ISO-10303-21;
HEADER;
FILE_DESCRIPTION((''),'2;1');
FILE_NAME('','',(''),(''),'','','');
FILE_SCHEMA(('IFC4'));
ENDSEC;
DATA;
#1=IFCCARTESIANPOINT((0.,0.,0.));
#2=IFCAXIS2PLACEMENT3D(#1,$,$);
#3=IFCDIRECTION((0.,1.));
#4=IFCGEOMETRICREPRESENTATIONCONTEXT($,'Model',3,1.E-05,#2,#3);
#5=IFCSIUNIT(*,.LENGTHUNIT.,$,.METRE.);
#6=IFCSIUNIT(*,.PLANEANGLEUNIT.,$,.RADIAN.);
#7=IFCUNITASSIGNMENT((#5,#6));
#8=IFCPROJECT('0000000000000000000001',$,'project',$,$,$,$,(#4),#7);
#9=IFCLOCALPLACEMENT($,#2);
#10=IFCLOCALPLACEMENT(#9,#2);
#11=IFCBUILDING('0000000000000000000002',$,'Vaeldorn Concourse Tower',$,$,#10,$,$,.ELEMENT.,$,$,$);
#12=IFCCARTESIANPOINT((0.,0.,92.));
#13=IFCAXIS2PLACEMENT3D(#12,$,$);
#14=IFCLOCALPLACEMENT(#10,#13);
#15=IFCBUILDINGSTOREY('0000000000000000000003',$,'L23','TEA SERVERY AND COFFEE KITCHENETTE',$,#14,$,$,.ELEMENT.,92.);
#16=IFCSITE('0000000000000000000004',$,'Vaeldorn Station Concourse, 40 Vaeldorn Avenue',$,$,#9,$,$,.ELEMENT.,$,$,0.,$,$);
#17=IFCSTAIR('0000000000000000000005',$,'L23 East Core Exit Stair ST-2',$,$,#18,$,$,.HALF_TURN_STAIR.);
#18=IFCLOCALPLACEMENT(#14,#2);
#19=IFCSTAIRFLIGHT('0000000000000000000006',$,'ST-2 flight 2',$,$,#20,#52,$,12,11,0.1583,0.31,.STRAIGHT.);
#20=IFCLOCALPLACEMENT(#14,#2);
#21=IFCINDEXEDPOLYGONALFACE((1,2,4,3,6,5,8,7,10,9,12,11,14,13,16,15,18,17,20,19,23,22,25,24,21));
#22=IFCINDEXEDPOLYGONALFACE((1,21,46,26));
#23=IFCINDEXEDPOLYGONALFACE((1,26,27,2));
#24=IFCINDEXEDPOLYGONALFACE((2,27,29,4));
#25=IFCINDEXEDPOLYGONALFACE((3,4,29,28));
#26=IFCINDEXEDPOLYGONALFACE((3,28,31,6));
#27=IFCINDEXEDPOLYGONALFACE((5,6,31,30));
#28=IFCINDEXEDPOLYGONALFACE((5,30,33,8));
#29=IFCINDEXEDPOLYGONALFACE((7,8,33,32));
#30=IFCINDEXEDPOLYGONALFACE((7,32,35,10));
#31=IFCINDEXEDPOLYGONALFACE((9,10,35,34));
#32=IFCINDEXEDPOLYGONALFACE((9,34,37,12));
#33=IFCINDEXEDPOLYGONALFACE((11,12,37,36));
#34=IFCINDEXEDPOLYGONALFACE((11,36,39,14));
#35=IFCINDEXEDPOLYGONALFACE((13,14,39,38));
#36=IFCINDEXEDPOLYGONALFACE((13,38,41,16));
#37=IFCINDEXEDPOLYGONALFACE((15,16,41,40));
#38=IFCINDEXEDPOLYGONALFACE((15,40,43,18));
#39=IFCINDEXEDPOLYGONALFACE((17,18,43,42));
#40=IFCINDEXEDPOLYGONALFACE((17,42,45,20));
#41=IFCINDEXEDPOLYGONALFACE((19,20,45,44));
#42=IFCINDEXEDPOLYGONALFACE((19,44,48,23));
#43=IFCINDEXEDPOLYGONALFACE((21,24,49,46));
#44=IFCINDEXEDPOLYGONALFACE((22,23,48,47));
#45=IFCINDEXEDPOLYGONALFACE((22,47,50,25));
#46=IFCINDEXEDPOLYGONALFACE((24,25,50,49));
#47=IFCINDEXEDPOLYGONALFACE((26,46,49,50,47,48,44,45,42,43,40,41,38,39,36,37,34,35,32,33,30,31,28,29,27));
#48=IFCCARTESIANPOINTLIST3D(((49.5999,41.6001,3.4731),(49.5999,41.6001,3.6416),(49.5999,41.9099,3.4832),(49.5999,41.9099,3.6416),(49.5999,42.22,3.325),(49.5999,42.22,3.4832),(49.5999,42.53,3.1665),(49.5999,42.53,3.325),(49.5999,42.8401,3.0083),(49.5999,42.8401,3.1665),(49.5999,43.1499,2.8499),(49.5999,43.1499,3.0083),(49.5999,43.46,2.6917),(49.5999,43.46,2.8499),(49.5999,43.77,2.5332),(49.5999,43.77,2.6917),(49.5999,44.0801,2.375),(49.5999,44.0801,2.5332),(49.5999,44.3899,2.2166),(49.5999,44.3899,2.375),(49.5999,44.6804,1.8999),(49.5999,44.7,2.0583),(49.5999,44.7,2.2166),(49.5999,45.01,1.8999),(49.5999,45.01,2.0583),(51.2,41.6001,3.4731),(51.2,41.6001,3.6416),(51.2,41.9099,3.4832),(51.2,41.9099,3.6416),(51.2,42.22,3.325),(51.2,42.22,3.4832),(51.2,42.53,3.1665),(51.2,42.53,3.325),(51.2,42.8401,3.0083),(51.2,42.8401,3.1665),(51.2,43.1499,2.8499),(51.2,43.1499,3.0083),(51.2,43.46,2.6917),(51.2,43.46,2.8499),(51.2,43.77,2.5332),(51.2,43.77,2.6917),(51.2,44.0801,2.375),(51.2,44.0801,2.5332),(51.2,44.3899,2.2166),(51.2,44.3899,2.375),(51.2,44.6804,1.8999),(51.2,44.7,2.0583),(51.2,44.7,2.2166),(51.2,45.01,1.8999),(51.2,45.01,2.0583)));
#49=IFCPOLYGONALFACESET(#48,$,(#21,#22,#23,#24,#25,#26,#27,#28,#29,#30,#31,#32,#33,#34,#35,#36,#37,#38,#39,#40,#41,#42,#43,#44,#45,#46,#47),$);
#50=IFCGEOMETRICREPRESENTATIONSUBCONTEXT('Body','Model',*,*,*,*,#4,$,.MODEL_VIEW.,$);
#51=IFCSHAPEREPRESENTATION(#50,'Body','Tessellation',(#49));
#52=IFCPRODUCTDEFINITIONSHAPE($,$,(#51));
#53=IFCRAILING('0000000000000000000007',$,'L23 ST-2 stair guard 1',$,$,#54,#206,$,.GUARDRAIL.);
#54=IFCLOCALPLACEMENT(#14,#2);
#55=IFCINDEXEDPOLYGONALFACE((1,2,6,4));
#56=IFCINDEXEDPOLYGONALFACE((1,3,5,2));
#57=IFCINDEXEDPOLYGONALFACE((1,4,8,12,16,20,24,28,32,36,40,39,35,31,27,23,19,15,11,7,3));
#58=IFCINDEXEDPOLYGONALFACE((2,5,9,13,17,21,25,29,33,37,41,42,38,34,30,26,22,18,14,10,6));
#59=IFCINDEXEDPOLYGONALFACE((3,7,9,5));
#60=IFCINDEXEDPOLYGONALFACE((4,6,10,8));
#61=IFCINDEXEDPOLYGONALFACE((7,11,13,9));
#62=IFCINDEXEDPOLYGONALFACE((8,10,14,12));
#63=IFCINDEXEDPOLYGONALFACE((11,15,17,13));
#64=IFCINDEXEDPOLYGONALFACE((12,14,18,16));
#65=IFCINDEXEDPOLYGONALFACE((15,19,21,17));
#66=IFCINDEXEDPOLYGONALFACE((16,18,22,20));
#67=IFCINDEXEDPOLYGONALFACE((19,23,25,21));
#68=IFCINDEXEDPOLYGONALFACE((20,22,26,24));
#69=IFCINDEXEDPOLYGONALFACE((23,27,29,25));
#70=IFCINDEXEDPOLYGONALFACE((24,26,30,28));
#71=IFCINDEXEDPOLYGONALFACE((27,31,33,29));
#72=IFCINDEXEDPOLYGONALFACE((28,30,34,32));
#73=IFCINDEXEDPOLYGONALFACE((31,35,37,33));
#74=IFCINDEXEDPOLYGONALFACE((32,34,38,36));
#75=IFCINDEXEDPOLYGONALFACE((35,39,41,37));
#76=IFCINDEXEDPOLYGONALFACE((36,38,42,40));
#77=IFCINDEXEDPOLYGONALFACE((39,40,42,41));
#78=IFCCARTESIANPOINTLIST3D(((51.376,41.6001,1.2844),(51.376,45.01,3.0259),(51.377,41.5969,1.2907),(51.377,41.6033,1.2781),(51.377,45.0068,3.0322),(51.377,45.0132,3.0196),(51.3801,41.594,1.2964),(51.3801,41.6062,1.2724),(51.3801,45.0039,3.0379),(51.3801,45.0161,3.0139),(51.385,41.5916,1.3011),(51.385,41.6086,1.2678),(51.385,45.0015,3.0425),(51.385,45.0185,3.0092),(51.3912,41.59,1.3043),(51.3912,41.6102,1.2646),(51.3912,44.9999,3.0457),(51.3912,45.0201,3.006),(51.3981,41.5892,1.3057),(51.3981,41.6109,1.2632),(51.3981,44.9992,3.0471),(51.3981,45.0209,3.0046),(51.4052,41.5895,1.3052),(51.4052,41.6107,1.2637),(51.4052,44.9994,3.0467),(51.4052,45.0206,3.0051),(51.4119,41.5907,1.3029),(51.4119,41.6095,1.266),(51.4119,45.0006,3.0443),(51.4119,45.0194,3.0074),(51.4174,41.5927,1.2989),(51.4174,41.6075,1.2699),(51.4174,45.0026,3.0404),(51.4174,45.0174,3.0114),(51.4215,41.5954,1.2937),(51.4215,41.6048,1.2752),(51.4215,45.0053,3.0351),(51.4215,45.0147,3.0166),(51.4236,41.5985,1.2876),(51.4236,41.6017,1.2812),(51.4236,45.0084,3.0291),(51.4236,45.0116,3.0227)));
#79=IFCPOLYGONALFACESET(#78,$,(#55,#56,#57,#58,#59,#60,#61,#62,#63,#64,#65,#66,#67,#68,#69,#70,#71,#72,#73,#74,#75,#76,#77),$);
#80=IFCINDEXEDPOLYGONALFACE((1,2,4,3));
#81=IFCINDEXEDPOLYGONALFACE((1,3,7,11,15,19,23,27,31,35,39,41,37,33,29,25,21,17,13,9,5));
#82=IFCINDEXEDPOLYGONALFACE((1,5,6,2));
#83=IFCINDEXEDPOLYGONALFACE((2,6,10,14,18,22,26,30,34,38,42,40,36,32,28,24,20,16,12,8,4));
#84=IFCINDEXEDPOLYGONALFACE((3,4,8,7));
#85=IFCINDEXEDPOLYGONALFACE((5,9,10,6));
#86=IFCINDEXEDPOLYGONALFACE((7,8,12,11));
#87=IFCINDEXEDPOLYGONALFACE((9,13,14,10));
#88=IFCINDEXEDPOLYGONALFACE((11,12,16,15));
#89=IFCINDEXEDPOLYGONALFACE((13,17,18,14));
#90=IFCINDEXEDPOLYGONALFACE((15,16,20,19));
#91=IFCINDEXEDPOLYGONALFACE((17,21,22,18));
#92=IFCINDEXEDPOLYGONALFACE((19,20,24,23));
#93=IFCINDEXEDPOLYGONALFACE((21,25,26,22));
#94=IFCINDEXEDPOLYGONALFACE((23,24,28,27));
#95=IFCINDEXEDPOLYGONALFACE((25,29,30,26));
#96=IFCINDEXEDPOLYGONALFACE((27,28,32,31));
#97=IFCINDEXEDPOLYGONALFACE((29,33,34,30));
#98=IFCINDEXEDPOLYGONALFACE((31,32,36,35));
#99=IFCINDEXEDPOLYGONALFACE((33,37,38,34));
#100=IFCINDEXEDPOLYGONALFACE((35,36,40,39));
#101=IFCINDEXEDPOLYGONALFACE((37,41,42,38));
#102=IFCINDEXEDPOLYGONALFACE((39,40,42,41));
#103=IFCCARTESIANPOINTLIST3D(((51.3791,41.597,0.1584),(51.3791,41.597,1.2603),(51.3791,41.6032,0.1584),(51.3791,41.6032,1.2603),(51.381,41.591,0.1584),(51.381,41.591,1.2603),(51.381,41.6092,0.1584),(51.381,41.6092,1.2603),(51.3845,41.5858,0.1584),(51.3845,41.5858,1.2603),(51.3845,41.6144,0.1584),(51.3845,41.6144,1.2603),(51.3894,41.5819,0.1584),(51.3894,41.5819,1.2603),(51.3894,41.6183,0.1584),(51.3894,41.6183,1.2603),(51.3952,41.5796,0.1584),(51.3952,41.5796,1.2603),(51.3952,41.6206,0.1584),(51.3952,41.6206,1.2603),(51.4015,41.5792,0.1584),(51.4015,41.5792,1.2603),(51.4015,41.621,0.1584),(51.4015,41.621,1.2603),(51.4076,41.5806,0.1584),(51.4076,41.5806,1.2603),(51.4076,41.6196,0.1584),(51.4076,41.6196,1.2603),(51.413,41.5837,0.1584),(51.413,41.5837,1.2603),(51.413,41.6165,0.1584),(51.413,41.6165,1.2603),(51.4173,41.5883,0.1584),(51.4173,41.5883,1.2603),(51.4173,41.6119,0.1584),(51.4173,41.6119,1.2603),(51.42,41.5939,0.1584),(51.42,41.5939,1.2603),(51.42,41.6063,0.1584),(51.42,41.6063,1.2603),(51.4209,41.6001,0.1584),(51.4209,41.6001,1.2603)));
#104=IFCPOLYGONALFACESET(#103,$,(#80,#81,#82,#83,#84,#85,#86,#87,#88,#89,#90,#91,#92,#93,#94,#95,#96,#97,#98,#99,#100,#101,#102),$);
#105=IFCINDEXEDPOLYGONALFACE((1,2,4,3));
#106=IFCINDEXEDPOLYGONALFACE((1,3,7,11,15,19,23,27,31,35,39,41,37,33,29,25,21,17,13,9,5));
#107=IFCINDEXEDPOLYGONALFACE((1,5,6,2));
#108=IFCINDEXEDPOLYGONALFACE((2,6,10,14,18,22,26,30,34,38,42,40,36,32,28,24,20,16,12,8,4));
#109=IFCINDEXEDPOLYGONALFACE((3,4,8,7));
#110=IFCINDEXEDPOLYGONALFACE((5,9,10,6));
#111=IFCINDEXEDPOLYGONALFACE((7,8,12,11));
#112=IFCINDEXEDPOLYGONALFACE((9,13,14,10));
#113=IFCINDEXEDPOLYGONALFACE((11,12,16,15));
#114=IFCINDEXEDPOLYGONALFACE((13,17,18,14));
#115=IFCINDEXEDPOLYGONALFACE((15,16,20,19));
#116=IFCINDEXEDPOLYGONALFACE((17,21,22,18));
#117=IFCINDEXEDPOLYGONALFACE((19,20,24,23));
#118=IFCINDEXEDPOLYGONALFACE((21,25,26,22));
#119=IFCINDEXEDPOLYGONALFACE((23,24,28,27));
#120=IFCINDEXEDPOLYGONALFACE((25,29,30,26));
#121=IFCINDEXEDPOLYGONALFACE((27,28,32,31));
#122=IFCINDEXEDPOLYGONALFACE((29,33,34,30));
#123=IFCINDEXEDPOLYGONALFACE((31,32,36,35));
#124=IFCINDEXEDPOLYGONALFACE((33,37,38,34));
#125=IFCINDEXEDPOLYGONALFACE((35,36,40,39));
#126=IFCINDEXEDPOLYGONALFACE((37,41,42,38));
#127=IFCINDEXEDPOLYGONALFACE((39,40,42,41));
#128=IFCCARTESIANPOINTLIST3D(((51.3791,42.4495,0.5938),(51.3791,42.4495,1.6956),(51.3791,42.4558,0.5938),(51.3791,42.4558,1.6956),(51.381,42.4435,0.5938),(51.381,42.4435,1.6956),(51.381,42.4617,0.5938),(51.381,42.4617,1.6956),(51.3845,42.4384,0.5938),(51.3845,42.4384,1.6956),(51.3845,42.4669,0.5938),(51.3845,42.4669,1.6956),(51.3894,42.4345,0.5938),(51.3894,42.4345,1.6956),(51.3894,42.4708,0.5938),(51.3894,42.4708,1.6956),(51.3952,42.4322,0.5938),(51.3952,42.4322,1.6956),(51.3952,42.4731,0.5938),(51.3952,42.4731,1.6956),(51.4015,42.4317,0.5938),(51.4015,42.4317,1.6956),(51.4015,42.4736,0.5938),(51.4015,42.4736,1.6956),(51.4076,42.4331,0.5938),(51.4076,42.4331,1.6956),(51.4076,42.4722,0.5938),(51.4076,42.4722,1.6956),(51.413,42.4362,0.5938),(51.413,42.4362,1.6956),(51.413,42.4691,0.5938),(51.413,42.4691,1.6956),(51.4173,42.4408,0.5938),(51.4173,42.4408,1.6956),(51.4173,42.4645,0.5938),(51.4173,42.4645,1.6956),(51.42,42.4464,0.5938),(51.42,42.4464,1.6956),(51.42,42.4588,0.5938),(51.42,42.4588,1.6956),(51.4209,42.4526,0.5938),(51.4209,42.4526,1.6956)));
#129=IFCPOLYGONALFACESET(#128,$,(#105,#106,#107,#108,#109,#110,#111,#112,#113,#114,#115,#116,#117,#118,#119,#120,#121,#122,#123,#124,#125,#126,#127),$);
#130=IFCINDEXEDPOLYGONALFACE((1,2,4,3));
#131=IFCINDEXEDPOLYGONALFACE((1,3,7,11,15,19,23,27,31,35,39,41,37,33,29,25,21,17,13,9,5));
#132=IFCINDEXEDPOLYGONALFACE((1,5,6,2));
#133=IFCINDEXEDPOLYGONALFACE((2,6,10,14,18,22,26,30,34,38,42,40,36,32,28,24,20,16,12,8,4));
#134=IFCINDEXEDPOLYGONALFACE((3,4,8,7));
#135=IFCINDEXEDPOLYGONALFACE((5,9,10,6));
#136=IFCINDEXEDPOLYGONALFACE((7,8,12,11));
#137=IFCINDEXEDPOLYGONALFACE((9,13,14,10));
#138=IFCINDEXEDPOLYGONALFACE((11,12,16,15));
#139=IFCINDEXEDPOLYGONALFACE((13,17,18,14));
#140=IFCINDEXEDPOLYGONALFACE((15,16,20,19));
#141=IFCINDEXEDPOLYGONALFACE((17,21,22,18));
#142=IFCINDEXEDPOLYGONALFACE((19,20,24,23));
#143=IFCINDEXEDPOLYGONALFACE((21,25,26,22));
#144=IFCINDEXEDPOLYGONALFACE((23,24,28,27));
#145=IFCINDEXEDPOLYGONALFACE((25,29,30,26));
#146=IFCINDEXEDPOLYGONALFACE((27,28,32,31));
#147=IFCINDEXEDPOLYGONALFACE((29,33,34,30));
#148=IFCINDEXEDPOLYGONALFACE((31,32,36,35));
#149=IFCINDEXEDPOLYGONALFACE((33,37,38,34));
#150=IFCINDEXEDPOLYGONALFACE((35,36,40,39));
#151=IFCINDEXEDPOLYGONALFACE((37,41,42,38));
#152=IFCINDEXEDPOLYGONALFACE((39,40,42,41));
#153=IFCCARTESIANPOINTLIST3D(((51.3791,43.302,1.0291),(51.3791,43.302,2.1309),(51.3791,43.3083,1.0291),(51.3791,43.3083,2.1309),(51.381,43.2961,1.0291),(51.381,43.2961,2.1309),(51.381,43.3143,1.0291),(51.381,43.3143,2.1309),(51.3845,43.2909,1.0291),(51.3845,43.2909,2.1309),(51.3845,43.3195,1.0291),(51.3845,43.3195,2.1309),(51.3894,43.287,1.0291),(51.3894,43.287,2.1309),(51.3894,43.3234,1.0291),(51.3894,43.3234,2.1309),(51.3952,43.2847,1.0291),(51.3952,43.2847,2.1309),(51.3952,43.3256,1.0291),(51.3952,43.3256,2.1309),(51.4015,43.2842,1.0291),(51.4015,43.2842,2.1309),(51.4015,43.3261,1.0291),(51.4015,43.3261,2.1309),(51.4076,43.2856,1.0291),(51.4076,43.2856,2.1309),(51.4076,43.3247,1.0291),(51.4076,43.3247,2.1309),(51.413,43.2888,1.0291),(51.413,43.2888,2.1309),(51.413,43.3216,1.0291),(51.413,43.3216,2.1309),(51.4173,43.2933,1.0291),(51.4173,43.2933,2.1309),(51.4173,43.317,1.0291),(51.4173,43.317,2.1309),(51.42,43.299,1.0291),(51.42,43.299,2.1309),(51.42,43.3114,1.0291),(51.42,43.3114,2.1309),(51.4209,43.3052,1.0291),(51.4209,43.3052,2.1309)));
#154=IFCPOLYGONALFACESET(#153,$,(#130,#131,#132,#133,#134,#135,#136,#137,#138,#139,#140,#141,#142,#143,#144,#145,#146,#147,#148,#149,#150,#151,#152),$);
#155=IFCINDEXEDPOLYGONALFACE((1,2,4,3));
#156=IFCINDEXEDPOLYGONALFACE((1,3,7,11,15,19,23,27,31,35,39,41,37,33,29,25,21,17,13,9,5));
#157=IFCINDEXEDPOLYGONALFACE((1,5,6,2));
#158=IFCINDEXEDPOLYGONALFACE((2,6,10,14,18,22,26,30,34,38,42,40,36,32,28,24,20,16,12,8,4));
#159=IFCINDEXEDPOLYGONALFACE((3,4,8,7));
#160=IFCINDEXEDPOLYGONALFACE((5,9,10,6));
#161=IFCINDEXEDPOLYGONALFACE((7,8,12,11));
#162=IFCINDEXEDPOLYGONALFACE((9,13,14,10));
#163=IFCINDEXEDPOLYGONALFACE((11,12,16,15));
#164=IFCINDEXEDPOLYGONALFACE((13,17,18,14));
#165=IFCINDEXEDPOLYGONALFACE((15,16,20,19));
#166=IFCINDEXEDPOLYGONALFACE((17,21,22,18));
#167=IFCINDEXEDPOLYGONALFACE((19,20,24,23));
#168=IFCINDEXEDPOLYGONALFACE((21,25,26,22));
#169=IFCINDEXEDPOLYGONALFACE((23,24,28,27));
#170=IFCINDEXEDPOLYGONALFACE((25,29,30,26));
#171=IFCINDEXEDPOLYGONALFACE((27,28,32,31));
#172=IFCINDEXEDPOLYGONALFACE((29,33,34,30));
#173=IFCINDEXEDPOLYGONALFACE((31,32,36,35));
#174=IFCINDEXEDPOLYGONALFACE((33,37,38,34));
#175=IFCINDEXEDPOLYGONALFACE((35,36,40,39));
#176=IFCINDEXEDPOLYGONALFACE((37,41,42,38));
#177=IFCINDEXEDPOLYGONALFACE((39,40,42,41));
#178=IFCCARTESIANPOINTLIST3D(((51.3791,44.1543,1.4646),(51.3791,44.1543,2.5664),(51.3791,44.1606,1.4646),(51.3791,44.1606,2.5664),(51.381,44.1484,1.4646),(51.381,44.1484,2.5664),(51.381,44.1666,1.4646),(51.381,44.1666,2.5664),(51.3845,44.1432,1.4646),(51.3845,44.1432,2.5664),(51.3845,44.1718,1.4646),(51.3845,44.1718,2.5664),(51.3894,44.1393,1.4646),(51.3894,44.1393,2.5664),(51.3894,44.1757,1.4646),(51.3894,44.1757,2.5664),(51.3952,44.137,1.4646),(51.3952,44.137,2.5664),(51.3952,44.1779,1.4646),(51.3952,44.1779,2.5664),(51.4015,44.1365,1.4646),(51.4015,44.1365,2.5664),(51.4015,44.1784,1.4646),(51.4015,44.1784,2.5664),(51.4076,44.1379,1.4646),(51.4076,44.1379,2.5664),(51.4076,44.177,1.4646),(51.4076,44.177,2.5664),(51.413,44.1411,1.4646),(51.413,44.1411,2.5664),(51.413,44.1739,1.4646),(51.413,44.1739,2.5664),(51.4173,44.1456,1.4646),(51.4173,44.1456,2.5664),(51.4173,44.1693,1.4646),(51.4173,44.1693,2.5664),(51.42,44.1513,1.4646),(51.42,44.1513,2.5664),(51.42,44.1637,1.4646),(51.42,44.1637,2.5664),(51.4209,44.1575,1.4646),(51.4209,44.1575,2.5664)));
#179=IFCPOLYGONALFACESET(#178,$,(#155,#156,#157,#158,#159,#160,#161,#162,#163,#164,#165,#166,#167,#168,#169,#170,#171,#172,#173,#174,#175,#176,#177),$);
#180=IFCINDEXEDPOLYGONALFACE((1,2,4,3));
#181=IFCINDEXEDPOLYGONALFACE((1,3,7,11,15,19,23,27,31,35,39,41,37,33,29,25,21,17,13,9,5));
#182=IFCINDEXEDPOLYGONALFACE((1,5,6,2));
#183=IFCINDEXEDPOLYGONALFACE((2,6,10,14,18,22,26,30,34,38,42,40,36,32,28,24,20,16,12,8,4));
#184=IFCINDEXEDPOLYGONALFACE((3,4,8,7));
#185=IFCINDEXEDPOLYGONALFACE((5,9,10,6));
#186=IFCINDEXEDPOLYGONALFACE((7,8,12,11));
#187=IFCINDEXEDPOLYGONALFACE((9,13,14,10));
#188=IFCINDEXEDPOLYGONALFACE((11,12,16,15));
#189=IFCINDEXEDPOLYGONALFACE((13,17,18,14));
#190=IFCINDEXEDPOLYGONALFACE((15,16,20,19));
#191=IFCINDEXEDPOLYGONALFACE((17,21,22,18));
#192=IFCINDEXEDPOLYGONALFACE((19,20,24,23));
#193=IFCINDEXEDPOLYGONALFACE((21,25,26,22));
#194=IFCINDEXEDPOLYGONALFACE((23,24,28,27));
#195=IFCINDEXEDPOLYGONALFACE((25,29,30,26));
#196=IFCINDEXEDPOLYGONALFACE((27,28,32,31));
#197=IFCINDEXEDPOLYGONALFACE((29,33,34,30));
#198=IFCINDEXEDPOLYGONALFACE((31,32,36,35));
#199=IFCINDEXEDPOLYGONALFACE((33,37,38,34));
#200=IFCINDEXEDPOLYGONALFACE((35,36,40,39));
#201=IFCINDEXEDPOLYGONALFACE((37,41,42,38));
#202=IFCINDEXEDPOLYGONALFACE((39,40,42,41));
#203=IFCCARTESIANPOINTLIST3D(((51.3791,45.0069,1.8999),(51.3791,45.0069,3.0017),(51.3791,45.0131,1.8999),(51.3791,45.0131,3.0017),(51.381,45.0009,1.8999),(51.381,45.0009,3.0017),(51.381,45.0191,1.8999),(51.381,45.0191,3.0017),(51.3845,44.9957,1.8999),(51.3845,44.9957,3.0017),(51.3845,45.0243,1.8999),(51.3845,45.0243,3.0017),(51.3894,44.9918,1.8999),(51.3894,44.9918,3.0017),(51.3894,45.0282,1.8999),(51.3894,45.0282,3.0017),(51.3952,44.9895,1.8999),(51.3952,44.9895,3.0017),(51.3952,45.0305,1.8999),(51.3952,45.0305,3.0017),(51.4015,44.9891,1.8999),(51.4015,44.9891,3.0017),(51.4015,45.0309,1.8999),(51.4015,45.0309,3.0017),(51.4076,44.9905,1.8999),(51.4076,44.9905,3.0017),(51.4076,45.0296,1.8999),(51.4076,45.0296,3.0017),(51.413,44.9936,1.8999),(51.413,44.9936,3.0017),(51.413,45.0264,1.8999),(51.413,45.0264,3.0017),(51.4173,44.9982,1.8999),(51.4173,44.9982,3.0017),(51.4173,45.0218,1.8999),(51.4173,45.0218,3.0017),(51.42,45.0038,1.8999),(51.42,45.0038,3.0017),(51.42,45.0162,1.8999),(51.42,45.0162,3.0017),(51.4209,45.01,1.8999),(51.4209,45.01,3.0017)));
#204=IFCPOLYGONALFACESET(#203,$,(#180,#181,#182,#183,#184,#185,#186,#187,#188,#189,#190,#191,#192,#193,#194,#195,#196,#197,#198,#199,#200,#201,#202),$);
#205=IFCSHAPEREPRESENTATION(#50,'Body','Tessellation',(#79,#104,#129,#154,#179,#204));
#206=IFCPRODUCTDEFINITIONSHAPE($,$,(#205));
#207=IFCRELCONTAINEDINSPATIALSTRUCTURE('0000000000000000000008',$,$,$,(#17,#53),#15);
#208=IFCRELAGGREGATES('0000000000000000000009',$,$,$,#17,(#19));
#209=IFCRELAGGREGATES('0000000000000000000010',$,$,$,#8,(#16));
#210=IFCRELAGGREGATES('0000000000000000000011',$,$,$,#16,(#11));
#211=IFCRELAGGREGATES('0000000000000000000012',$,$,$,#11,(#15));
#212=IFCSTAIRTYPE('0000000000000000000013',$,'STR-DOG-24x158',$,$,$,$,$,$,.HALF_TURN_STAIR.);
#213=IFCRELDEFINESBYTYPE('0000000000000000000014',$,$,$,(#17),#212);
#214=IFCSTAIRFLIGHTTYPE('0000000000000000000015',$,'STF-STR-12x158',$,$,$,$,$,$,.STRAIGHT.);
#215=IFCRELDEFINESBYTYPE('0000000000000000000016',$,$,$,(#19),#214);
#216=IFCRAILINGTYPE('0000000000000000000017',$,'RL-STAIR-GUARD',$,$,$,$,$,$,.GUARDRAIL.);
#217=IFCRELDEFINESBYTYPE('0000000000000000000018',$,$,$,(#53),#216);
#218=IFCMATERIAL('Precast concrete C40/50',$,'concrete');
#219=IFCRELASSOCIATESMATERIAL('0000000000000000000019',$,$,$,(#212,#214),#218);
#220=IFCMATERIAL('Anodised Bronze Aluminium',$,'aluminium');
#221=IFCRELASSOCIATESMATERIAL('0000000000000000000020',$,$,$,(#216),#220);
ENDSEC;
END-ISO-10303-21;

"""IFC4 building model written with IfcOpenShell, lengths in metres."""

from ifc_helpers import new_model, si_unit, direction, frame, origin, origin_2d, place, context, subcontext, project, spatial, polyline, circle, outline, extrude, material, type_object, element, aggregate, save


model = new_model("IFC4")

# Units and contexts
model_context = context("Model", 3, precision=1e-05, world=origin(), true_north=direction((0.0, 1.0)))
body_context = subcontext(model_context, "Body", "Model", "MODEL_VIEW")
ifc_project = project(units=[si_unit("LENGTHUNIT", "METRE"), si_unit("PLANEANGLEUNIT", "RADIAN")], contexts=[model_context])

# Site, building, storey
site_placement = place(None, origin())
site = spatial("IfcSite", under=ifc_project, at=site_placement, Name="Vaeldorn Station Concourse, 40 Vaeldorn Avenue", CompositionType="ELEMENT", RefElevation=0.0)
building_placement = place(site_placement, origin())
building = spatial("IfcBuilding", under=site, at=building_placement, Name="Vaeldorn Concourse Tower", CompositionType="ELEMENT")
storey_placement = place(building_placement, frame((0.0, 0.0, 92.0)))
storey = spatial("IfcBuildingStorey", under=building, at=storey_placement, Name="L23", Description="TEA SERVERY AND COFFEE KITCHENETTE", CompositionType="ELEMENT", Elevation=92.0)

# Shared definitions
ifc_material_1 = material(Name="Anodised Bronze Aluminium", Category="aluminium")

# Stair, stair flight
ifc_material_2 = material(Name="Precast concrete C40/50", Category="concrete")
stair_type = type_object("IfcStairType", Name="STR-DOG-24x158", PredefinedType="HALF_TURN_STAIR", material=ifc_material_2)
stair_placement = place(storey_placement, origin())
stair = element("IfcStair", 1, at=stair_placement, inside=storey, type_object=stair_type, Name="L23 East Core Exit Stair ST-2", PredefinedType="HALF_TURN_STAIR")
stair_flight_type = type_object("IfcStairFlightType", Name="STF-STR-12x158", PredefinedType="STRAIGHT", material=ifc_material_2)
stair_flight_1_placement = place(storey_placement, frame((50.3999, 45.01, 1.8999), z_axis=(0.0, 0.0, 1.0), x_axis=(0.0, -1.0, 0.0)))
stair_flight_1 = element("IfcStairFlight", 2, at=stair_flight_1_placement, type_object=stair_flight_type, Name="ST-2 flight 2", NumberOfRisers=12, NumberOfTreads=11, PredefinedType="STRAIGHT", RiserHeight=0.1583, TreadLength=0.31, context=body_context, shape_type="SweptSolid", body=[
    extrude(outline(polyline([(0.0, 0.0), (0.0, 0.1584), (0.3101, 0.1584), (0.3101, 0.3167), (0.6201, 0.3167), (0.6201, 0.4751), (0.9299, 0.4751), (0.9299, 0.6333), (1.24, 0.6333), (1.24, 0.7917), (1.55, 0.7917), (1.55, 0.95), (1.8601, 0.95), (1.8601, 1.1084), (2.1699, 1.1084), (2.1699, 1.2666), (2.48, 1.2666), (2.48, 1.425), (2.79, 1.425), (2.79, 1.5833), (3.1001, 1.5833), (3.1001, 1.7417), (3.4099, 1.7417), (3.4099, 1.8999), (3.4099, 1.5732), (0.3296, 0.0), (0.0, 0.0)])), frame((0.0, 0.8, 0.0), z_axis=(0.0, -1.0, 0.0), x_axis=(1.0, 0.0, 0.0)), (0.0, 0.0, 1.0), 1.6001),
])
aggregate(stair, [stair_flight_1])

# Railing
railing_type_1 = type_object("IfcRailingType", Name="RL-STAIR-GUARD", PredefinedType="GUARDRAIL", material=ifc_material_1)
railing_1_placement = place(storey_placement, frame((51.3999, 41.6001, 0.1584)))
element("IfcRailing", 3, at=railing_1_placement, inside=storey, type_object=railing_type_1, Name="L23 ST-2 stair guard 1", PredefinedType="GUARDRAIL", context=body_context, shape_type="SweptSolid", body=[
    extrude(circle(Radius=0.0239, at=origin_2d()), frame((0.0, 0.0, 1.126), z_axis=(0.0, 0.890582, 0.454823), x_axis=(-1.0, 0.0, 0.0)), (0.0, 0.0, 1.0), 3.8289),
    extrude(circle(Radius=0.021, at=origin_2d()), origin(), (0.0, 0.0, 1.0), 1.1018),
    extrude(circle(Radius=0.021, at=origin_2d()), frame((0.0, 0.8525, 0.4353)), (0.0, 0.0, 1.0), 1.1018),
    extrude(circle(Radius=0.021, at=origin_2d()), frame((0.0, 1.7051, 0.8706)), (0.0, 0.0, 1.0), 1.1018),
    extrude(circle(Radius=0.021, at=origin_2d()), frame((0.0, 2.5574, 1.3062)), (0.0, 0.0, 1.0), 1.1018),
    extrude(circle(Radius=0.021, at=origin_2d()), frame((0.0, 3.4099, 1.7415)), (0.0, 0.0, 1.0), 1.1018),
])

save(model, "model.ifc")
